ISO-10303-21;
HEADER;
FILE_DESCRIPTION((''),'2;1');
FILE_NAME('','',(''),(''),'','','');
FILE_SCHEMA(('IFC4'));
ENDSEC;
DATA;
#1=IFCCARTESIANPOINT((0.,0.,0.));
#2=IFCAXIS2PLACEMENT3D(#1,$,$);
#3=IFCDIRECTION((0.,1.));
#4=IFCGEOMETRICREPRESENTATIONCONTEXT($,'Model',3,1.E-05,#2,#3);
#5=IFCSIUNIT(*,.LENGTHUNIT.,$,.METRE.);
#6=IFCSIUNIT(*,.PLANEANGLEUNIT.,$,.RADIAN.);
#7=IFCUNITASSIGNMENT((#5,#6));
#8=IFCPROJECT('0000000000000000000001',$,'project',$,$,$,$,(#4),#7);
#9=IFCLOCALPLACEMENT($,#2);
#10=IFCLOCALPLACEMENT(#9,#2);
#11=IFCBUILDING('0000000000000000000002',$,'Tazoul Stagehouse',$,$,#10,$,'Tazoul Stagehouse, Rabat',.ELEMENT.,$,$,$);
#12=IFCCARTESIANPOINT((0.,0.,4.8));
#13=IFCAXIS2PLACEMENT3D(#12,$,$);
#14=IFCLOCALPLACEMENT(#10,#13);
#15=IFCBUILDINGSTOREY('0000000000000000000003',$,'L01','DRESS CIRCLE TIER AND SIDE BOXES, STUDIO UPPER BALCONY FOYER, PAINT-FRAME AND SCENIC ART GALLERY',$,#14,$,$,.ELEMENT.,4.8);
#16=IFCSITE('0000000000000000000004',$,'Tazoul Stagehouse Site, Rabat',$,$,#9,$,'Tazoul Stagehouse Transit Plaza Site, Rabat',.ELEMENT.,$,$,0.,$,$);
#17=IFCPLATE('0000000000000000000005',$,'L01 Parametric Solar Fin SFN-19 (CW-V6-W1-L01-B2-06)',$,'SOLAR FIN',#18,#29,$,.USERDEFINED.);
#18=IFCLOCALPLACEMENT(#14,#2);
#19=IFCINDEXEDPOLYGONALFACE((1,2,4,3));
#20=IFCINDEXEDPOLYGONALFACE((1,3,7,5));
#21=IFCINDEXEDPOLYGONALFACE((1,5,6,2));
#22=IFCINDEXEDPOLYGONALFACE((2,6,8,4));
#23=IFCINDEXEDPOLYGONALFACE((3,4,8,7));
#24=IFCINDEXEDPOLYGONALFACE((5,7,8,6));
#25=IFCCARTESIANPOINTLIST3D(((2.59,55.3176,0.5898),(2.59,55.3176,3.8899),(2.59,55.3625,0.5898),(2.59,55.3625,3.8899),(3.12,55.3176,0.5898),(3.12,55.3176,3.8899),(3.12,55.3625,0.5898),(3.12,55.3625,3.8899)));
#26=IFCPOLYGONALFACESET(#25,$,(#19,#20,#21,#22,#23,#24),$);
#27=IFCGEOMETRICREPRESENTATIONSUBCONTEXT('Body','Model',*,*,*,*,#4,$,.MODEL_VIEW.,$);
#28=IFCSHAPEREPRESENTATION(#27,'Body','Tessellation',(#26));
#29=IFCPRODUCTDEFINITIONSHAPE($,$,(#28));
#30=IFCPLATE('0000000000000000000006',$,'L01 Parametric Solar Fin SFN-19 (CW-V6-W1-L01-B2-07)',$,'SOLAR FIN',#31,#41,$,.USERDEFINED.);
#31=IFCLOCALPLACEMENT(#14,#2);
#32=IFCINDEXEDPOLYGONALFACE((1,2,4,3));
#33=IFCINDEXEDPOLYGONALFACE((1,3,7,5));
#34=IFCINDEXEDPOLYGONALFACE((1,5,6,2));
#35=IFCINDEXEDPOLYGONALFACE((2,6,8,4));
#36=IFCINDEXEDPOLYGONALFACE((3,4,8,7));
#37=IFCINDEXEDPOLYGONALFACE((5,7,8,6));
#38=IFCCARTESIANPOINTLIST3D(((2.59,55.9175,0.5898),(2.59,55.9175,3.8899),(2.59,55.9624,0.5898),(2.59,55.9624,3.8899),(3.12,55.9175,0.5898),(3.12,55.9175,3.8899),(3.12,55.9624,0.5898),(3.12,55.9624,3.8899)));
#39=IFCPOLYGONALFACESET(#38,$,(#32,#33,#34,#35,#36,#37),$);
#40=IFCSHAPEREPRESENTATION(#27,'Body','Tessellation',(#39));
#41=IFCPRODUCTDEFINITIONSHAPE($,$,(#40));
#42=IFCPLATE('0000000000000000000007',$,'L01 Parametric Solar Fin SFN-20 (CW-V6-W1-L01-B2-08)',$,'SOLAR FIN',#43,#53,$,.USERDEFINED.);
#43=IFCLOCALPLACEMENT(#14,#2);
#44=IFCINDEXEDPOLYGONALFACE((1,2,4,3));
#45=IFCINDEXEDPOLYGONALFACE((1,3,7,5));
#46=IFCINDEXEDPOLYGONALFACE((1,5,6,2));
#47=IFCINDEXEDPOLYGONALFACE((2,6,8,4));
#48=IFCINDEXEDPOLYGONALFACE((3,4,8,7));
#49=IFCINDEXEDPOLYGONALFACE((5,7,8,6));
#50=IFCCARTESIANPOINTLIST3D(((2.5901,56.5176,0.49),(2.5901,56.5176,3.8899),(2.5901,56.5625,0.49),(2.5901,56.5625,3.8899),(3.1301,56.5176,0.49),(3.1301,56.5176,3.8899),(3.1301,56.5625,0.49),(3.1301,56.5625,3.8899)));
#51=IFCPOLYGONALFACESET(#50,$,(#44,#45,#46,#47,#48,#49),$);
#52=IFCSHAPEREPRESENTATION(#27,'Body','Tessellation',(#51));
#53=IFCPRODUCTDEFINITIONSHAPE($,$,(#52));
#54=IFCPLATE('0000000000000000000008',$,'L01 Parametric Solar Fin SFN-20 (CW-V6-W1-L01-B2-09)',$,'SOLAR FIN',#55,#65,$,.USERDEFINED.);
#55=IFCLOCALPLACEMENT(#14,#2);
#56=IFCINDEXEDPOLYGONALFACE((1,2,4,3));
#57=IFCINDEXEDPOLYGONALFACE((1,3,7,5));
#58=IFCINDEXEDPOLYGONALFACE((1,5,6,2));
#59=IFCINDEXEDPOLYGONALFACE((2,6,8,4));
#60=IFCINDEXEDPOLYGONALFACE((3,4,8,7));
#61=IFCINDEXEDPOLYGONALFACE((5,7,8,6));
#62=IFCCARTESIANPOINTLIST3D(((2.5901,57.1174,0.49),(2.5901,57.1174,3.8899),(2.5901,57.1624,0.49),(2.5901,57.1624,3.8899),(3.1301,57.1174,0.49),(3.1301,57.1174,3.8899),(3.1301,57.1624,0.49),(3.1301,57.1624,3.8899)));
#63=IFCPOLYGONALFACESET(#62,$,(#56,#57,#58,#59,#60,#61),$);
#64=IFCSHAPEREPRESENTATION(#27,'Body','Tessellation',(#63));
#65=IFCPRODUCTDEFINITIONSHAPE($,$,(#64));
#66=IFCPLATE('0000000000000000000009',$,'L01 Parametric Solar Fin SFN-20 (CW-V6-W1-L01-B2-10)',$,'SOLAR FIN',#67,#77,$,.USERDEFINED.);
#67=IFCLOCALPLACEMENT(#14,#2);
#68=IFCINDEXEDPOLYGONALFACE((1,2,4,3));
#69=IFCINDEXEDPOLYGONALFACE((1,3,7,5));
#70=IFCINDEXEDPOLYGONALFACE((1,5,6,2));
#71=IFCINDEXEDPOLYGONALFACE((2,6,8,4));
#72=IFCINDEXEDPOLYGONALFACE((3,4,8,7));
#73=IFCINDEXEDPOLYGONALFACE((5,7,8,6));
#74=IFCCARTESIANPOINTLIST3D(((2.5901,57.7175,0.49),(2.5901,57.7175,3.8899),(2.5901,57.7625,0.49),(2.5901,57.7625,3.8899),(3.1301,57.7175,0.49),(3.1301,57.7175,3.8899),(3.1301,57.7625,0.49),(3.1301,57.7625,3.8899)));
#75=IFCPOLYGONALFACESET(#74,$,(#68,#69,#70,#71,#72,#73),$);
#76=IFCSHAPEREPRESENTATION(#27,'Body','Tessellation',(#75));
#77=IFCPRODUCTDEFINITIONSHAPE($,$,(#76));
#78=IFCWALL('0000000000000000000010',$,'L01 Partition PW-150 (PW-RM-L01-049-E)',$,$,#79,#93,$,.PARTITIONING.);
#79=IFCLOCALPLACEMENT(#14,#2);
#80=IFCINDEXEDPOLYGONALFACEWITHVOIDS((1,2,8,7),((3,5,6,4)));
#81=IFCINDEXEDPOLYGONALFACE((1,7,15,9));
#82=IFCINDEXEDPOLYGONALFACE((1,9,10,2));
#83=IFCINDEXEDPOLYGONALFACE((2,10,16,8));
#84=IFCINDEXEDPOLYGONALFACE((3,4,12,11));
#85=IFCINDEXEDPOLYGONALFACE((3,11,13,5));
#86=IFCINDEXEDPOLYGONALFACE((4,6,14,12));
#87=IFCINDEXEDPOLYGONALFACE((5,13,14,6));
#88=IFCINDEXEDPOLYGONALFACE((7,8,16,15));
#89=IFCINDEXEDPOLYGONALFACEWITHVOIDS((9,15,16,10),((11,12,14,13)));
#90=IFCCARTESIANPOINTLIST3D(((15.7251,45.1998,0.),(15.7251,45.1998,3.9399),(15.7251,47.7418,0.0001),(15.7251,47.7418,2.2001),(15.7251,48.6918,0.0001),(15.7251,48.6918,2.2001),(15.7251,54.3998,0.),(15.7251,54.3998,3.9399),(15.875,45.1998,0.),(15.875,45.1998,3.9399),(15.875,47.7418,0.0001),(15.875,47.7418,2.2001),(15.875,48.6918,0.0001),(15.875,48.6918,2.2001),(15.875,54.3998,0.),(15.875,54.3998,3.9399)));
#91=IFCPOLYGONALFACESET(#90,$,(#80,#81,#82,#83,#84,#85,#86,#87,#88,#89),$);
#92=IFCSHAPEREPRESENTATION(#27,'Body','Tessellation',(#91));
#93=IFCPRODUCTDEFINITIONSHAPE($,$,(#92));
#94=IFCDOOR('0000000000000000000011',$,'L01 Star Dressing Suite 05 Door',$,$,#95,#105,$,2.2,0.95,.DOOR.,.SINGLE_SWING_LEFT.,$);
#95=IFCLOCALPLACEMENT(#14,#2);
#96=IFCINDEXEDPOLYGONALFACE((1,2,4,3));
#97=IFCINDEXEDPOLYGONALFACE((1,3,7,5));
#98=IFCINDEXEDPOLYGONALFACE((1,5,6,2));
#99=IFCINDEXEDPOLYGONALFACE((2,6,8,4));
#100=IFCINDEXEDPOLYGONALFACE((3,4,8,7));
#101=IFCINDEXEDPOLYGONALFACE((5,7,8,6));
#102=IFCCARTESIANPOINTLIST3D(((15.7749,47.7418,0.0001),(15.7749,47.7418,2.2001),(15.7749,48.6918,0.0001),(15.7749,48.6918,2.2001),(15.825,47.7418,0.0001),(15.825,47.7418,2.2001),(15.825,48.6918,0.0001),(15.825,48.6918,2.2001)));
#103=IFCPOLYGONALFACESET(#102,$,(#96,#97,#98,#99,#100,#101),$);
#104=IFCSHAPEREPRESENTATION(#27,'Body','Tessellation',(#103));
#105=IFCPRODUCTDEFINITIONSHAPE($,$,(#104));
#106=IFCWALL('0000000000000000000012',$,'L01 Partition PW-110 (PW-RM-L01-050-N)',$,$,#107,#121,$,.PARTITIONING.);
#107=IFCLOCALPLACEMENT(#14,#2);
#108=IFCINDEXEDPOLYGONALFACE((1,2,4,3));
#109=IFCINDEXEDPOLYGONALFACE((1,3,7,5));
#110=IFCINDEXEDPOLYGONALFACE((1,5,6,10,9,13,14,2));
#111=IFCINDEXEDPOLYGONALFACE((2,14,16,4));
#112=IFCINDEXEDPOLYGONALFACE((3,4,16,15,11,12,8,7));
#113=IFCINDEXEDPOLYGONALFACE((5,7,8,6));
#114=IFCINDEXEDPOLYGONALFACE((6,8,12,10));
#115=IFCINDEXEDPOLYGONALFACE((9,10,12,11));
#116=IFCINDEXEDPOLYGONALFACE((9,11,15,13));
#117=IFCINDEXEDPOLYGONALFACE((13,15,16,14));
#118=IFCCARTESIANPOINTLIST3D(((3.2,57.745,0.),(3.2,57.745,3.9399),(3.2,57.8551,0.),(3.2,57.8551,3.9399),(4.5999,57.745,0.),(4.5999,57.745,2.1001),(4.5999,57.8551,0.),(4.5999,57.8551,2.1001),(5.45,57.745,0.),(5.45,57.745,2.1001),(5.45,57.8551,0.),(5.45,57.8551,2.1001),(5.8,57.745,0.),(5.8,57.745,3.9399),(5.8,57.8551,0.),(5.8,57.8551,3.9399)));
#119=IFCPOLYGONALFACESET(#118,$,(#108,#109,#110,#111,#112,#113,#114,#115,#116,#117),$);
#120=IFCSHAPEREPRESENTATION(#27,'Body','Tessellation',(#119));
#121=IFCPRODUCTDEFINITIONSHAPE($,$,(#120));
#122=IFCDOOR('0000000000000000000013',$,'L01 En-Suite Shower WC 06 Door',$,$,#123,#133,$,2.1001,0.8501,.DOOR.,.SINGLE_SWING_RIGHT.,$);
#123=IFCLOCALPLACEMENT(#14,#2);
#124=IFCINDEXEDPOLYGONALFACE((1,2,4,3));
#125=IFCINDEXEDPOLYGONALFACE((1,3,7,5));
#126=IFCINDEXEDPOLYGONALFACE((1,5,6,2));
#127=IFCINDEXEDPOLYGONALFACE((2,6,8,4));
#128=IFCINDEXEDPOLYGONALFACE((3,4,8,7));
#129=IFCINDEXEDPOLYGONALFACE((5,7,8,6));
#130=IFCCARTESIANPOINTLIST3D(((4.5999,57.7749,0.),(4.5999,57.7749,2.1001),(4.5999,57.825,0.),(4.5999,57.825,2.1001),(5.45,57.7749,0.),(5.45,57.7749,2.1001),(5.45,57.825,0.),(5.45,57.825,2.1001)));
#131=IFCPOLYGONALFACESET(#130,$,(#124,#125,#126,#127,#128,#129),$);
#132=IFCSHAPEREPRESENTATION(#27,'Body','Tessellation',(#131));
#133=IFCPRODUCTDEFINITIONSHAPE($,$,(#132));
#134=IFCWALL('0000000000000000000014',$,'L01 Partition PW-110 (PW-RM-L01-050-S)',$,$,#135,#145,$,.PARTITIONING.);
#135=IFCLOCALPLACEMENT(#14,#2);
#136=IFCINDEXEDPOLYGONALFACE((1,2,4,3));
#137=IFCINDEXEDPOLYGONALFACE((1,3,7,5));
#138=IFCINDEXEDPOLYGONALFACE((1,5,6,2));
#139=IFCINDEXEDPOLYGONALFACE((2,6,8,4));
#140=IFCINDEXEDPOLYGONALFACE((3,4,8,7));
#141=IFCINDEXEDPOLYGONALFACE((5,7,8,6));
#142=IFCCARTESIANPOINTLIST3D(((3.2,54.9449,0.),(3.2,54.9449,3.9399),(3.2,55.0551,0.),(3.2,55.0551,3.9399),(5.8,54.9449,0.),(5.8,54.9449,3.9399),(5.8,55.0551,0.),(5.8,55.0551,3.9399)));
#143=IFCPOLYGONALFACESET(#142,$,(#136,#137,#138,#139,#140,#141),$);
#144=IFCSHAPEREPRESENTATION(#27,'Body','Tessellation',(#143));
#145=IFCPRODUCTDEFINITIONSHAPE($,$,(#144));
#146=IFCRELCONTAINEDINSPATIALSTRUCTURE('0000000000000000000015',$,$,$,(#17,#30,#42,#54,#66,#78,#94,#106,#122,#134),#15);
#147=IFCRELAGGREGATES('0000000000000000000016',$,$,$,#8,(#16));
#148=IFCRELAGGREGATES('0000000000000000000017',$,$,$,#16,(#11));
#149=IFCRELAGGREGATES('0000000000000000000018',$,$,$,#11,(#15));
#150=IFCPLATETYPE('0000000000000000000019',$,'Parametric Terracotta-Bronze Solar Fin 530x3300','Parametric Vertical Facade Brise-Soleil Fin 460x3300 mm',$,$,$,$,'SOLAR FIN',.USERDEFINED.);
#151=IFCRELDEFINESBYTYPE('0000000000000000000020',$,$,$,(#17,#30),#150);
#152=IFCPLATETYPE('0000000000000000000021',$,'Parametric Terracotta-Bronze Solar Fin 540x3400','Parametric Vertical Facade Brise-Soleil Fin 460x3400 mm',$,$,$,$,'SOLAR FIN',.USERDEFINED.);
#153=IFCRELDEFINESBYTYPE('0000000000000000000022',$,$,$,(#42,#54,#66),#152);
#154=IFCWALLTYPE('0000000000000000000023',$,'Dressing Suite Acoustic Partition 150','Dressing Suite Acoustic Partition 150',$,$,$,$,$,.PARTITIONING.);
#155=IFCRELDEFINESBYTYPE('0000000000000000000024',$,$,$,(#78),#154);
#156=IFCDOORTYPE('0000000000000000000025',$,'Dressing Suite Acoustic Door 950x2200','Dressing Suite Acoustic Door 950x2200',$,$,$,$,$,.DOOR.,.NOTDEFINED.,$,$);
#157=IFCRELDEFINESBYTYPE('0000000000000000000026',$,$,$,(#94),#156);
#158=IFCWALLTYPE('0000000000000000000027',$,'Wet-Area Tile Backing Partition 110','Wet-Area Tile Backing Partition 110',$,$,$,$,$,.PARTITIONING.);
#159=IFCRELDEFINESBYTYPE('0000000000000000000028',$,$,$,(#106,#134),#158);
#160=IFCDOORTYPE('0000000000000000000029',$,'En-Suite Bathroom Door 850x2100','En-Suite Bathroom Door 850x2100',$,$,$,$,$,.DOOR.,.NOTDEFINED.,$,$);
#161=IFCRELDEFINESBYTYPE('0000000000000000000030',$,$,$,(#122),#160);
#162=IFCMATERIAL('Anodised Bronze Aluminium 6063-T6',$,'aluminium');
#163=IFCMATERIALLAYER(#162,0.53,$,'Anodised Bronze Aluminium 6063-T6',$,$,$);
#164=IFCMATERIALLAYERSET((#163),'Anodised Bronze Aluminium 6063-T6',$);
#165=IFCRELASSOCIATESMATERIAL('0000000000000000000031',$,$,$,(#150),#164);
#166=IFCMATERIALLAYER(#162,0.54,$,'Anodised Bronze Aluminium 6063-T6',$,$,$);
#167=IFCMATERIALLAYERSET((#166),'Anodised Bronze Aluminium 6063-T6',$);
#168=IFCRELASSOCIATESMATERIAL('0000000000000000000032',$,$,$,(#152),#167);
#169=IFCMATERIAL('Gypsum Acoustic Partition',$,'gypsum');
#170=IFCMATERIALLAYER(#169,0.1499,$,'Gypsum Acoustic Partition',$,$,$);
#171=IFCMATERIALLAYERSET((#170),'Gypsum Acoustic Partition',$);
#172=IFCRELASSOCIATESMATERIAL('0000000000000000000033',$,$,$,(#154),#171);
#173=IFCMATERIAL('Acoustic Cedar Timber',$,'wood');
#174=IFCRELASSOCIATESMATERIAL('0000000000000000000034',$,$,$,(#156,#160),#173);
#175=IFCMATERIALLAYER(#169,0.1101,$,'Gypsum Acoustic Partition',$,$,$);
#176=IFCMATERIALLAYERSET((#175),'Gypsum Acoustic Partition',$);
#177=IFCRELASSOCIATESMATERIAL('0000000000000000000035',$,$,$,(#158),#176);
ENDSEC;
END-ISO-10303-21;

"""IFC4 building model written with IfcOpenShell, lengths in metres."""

from ifc_helpers import new_model, si_unit, direction, frame, frame_2d, origin, origin_2d, place, context, subcontext, project, spatial, rectangle, extrude, material, layer, layer_set, type_object, element, fill, save


model = new_model("IFC4")

# Units and contexts
model_context = context("Model", 3, precision=1e-05, world=origin(), true_north=direction((0.0, 1.0)))
body_context = subcontext(model_context, "Body", "Model", "MODEL_VIEW")
ifc_project = project(units=[si_unit("LENGTHUNIT", "METRE"), si_unit("PLANEANGLEUNIT", "RADIAN")], contexts=[model_context])

# Site, building, storey
site_placement = place(None, origin())
site = spatial("IfcSite", under=ifc_project, at=site_placement, Name="Tazoul Stagehouse Site, Rabat", LongName="Tazoul Stagehouse Transit Plaza Site, Rabat", CompositionType="ELEMENT", RefElevation=0.0)
building_placement = place(site_placement, origin())
building = spatial("IfcBuilding", under=site, at=building_placement, Name="Tazoul Stagehouse", LongName="Tazoul Stagehouse, Rabat", CompositionType="ELEMENT")
storey_placement = place(building_placement, frame((0.0, 0.0, 4.8)))
storey = spatial("IfcBuildingStorey", under=building, at=storey_placement, Name="L01", Description="DRESS CIRCLE TIER AND SIDE BOXES, STUDIO UPPER BALCONY FOYER, PAINT-FRAME AND SCENIC ART GALLERY", CompositionType="ELEMENT", Elevation=4.8)

# Plates
ifc_material_1 = material(Name="Anodised Bronze Aluminium 6063-T6", Category="aluminium")
ifc_layer_1 = layer(ifc_material_1, 0.53, Name="Anodised Bronze Aluminium 6063-T6")
ifc_layer_set_1 = layer_set([ifc_layer_1], Name="Anodised Bronze Aluminium 6063-T6")
plate_type_1 = type_object("IfcPlateType", Name="Parametric Terracotta-Bronze Solar Fin 530x3300", Description="Parametric Vertical Facade Brise-Soleil Fin 460x3300 mm", ElementType="SOLAR FIN", PredefinedType="USERDEFINED", material=ifc_layer_set_1)
for number, where, z_axis, x_axis, name in (
    (1, (2.855, 55.3401, 0.5898), (0.0, 0.0, 1.0), (0.0, 1.0, 0.0), "L01 Parametric Solar Fin SFN-19 (CW-V6-W1-L01-B2-06)"),
    (2, (2.855, 55.9399, 0.5898), (0.0, 0.0, 1.0), (0.0, 1.0, 0.0), "L01 Parametric Solar Fin SFN-19 (CW-V6-W1-L01-B2-07)"),
):
    element("IfcPlate", number, at=place(storey_placement, frame(where, z_axis=z_axis, x_axis=x_axis)), inside=storey, type_object=plate_type_1, Name=name, ObjectType="SOLAR FIN", PredefinedType="USERDEFINED", context=body_context, shape_type="SweptSolid", body=[
        extrude(rectangle(XDim=0.0449, YDim=0.53, at=origin_2d()), origin(), (0.0, 0.0, 1.0), 3.3),
    ])
ifc_layer_2 = layer(ifc_material_1, 0.54, Name="Anodised Bronze Aluminium 6063-T6")
ifc_layer_set_2 = layer_set([ifc_layer_2], Name="Anodised Bronze Aluminium 6063-T6")
plate_type_2 = type_object("IfcPlateType", Name="Parametric Terracotta-Bronze Solar Fin 540x3400", Description="Parametric Vertical Facade Brise-Soleil Fin 460x3400 mm", ElementType="SOLAR FIN", PredefinedType="USERDEFINED", material=ifc_layer_set_2)
for number, where, z_axis, x_axis, name in (
    (3, (2.8601, 56.54, 0.49), (0.0, 0.0, 1.0), (0.0, 1.0, 0.0), "L01 Parametric Solar Fin SFN-20 (CW-V6-W1-L01-B2-08)"),
    (4, (2.8601, 57.1399, 0.49), (0.0, 0.0, 1.0), (0.0, 1.0, 0.0), "L01 Parametric Solar Fin SFN-20 (CW-V6-W1-L01-B2-09)"),
    (5, (2.8601, 57.74, 0.49), (0.0, 0.0, 1.0), (0.0, 1.0, 0.0), "L01 Parametric Solar Fin SFN-20 (CW-V6-W1-L01-B2-10)"),
):
    element("IfcPlate", number, at=place(storey_placement, frame(where, z_axis=z_axis, x_axis=x_axis)), inside=storey, type_object=plate_type_2, Name=name, ObjectType="SOLAR FIN", PredefinedType="USERDEFINED", context=body_context, shape_type="SweptSolid", body=[
        extrude(rectangle(XDim=0.0449, YDim=0.54, at=origin_2d()), origin(), (0.0, 0.0, 1.0), 3.3999),
    ])

# Walls, openings, doors
ifc_material_2 = material(Name="Gypsum Acoustic Partition", Category="gypsum")
ifc_layer_3 = layer(ifc_material_2, 0.1499, Name="Gypsum Acoustic Partition")
ifc_layer_set_3 = layer_set([ifc_layer_3], Name="Gypsum Acoustic Partition")
wall_type_1 = type_object("IfcWallType", Name="Dressing Suite Acoustic Partition 150", Description="Dressing Suite Acoustic Partition 150", PredefinedType="PARTITIONING", material=ifc_layer_set_3)
wall_1_placement = place(storey_placement, frame((15.8, 54.3999, 0.0), z_axis=(0.0, 0.0, 1.0), x_axis=(0.0, -1.0, 0.0)))
wall_1 = element("IfcWall", 6, at=wall_1_placement, inside=storey, type_object=wall_type_1, Name="L01 Partition PW-150 (PW-RM-L01-049-E)", PredefinedType="PARTITIONING", context=body_context, shape_type="SweptSolid", body=[
    extrude(rectangle(XDim=9.2, YDim=0.1499, at=frame_2d((4.6001, 0.0))), origin(), (0.0, 0.0, 1.0), 3.9399),
])
opening_1_placement = place(wall_1_placement, frame((5.708, 0.0, 0.0)))
opening_1 = element("IfcOpeningElement", 7, at=opening_1_placement, cuts=wall_1, PredefinedType="OPENING", context=body_context, shape_type="SweptSolid", body=[
    extrude(rectangle(XDim=0.95, YDim=2.2, at=frame_2d((0.4751, 1.1001))), frame((0.0, 0.095, 0.0), z_axis=(0.0, -1.0, 0.0), x_axis=(1.0, 0.0, 0.0)), (0.0, 0.0, 1.0), 0.1899),
])
ifc_material_3 = material(Name="Acoustic Cedar Timber", Category="wood")
door_type_1 = type_object("IfcDoorType", Name="Dressing Suite Acoustic Door 950x2200", Description="Dressing Suite Acoustic Door 950x2200", OperationType="NOTDEFINED", PredefinedType="DOOR", material=ifc_material_3)
door_1_placement = place(opening_1_placement, origin())
door_1 = element("IfcDoor", 8, at=door_1_placement, inside=storey, type_object=door_type_1, Name="L01 Star Dressing Suite 05 Door", OperationType="SINGLE_SWING_LEFT", OverallHeight=2.2, OverallWidth=0.95, PredefinedType="DOOR", context=body_context, shape_type="SweptSolid", body=[
    extrude(rectangle(XDim=0.95, YDim=2.2, at=frame_2d((0.4751, 1.1001))), frame((0.0, 0.0249, 0.0), z_axis=(0.0, -1.0, 0.0), x_axis=(1.0, 0.0, 0.0)), (0.0, 0.0, 1.0), 0.05),
])
fill(opening_1, door_1)
ifc_layer_4 = layer(ifc_material_2, 0.1101, Name="Gypsum Acoustic Partition")
ifc_layer_set_4 = layer_set([ifc_layer_4], Name="Gypsum Acoustic Partition")
wall_type_2 = type_object("IfcWallType", Name="Wet-Area Tile Backing Partition 110", Description="Wet-Area Tile Backing Partition 110", PredefinedType="PARTITIONING", material=ifc_layer_set_4)
wall_2_placement = place(storey_placement, frame((3.2, 57.8, 0.0), z_axis=(0.0, 0.0, 1.0), x_axis=(1.0, 0.0, 0.0)))
wall_2 = element("IfcWall", 9, at=wall_2_placement, inside=storey, type_object=wall_type_2, Name="L01 Partition PW-110 (PW-RM-L01-050-N)", PredefinedType="PARTITIONING", context=body_context, shape_type="SweptSolid", body=[
    extrude(rectangle(XDim=2.6001, YDim=0.1101, at=frame_2d((1.3, 0.0))), origin(), (0.0, 0.0, 1.0), 3.9399),
])
opening_2_placement = place(wall_2_placement, frame((1.3999, 0.0, 0.0)))
opening_2 = element("IfcOpeningElement", 10, at=opening_2_placement, cuts=wall_2, PredefinedType="OPENING", context=body_context, shape_type="SweptSolid", body=[
    extrude(rectangle(XDim=0.8501, YDim=2.1001, at=frame_2d((0.425, 1.05))), frame((0.0, 0.075, 0.0), z_axis=(0.0, -1.0, 0.0), x_axis=(1.0, 0.0, 0.0)), (0.0, 0.0, 1.0), 0.1501),
])
door_type_2 = type_object("IfcDoorType", Name="En-Suite Bathroom Door 850x2100", Description="En-Suite Bathroom Door 850x2100", OperationType="NOTDEFINED", PredefinedType="DOOR", material=ifc_material_3)
door_2_placement = place(opening_2_placement, origin())
door_2 = element("IfcDoor", 11, at=door_2_placement, inside=storey, type_object=door_type_2, Name="L01 En-Suite Shower WC 06 Door", OperationType="SINGLE_SWING_RIGHT", OverallHeight=2.1001, OverallWidth=0.8501, PredefinedType="DOOR", context=body_context, shape_type="SweptSolid", body=[
    extrude(rectangle(XDim=0.8501, YDim=2.1001, at=frame_2d((0.425, 1.05))), frame((0.0, 0.0249, 0.0), z_axis=(0.0, -1.0, 0.0), x_axis=(1.0, 0.0, 0.0)), (0.0, 0.0, 1.0), 0.05),
])
fill(opening_2, door_2)

# Wall
wall_3_placement = place(storey_placement, frame((5.8, 55.0, 0.0), z_axis=(0.0, 0.0, 1.0), x_axis=(-1.0, 0.0, 0.0)))
element("IfcWall", 12, at=wall_3_placement, inside=storey, type_object=wall_type_2, Name="L01 Partition PW-110 (PW-RM-L01-050-S)", PredefinedType="PARTITIONING", context=body_context, shape_type="SweptSolid", body=[
    extrude(rectangle(XDim=2.6001, YDim=0.1101, at=frame_2d((1.3, 0.0))), origin(), (0.0, 0.0, 1.0), 3.9399),
])

save(model, "model.ifc")
